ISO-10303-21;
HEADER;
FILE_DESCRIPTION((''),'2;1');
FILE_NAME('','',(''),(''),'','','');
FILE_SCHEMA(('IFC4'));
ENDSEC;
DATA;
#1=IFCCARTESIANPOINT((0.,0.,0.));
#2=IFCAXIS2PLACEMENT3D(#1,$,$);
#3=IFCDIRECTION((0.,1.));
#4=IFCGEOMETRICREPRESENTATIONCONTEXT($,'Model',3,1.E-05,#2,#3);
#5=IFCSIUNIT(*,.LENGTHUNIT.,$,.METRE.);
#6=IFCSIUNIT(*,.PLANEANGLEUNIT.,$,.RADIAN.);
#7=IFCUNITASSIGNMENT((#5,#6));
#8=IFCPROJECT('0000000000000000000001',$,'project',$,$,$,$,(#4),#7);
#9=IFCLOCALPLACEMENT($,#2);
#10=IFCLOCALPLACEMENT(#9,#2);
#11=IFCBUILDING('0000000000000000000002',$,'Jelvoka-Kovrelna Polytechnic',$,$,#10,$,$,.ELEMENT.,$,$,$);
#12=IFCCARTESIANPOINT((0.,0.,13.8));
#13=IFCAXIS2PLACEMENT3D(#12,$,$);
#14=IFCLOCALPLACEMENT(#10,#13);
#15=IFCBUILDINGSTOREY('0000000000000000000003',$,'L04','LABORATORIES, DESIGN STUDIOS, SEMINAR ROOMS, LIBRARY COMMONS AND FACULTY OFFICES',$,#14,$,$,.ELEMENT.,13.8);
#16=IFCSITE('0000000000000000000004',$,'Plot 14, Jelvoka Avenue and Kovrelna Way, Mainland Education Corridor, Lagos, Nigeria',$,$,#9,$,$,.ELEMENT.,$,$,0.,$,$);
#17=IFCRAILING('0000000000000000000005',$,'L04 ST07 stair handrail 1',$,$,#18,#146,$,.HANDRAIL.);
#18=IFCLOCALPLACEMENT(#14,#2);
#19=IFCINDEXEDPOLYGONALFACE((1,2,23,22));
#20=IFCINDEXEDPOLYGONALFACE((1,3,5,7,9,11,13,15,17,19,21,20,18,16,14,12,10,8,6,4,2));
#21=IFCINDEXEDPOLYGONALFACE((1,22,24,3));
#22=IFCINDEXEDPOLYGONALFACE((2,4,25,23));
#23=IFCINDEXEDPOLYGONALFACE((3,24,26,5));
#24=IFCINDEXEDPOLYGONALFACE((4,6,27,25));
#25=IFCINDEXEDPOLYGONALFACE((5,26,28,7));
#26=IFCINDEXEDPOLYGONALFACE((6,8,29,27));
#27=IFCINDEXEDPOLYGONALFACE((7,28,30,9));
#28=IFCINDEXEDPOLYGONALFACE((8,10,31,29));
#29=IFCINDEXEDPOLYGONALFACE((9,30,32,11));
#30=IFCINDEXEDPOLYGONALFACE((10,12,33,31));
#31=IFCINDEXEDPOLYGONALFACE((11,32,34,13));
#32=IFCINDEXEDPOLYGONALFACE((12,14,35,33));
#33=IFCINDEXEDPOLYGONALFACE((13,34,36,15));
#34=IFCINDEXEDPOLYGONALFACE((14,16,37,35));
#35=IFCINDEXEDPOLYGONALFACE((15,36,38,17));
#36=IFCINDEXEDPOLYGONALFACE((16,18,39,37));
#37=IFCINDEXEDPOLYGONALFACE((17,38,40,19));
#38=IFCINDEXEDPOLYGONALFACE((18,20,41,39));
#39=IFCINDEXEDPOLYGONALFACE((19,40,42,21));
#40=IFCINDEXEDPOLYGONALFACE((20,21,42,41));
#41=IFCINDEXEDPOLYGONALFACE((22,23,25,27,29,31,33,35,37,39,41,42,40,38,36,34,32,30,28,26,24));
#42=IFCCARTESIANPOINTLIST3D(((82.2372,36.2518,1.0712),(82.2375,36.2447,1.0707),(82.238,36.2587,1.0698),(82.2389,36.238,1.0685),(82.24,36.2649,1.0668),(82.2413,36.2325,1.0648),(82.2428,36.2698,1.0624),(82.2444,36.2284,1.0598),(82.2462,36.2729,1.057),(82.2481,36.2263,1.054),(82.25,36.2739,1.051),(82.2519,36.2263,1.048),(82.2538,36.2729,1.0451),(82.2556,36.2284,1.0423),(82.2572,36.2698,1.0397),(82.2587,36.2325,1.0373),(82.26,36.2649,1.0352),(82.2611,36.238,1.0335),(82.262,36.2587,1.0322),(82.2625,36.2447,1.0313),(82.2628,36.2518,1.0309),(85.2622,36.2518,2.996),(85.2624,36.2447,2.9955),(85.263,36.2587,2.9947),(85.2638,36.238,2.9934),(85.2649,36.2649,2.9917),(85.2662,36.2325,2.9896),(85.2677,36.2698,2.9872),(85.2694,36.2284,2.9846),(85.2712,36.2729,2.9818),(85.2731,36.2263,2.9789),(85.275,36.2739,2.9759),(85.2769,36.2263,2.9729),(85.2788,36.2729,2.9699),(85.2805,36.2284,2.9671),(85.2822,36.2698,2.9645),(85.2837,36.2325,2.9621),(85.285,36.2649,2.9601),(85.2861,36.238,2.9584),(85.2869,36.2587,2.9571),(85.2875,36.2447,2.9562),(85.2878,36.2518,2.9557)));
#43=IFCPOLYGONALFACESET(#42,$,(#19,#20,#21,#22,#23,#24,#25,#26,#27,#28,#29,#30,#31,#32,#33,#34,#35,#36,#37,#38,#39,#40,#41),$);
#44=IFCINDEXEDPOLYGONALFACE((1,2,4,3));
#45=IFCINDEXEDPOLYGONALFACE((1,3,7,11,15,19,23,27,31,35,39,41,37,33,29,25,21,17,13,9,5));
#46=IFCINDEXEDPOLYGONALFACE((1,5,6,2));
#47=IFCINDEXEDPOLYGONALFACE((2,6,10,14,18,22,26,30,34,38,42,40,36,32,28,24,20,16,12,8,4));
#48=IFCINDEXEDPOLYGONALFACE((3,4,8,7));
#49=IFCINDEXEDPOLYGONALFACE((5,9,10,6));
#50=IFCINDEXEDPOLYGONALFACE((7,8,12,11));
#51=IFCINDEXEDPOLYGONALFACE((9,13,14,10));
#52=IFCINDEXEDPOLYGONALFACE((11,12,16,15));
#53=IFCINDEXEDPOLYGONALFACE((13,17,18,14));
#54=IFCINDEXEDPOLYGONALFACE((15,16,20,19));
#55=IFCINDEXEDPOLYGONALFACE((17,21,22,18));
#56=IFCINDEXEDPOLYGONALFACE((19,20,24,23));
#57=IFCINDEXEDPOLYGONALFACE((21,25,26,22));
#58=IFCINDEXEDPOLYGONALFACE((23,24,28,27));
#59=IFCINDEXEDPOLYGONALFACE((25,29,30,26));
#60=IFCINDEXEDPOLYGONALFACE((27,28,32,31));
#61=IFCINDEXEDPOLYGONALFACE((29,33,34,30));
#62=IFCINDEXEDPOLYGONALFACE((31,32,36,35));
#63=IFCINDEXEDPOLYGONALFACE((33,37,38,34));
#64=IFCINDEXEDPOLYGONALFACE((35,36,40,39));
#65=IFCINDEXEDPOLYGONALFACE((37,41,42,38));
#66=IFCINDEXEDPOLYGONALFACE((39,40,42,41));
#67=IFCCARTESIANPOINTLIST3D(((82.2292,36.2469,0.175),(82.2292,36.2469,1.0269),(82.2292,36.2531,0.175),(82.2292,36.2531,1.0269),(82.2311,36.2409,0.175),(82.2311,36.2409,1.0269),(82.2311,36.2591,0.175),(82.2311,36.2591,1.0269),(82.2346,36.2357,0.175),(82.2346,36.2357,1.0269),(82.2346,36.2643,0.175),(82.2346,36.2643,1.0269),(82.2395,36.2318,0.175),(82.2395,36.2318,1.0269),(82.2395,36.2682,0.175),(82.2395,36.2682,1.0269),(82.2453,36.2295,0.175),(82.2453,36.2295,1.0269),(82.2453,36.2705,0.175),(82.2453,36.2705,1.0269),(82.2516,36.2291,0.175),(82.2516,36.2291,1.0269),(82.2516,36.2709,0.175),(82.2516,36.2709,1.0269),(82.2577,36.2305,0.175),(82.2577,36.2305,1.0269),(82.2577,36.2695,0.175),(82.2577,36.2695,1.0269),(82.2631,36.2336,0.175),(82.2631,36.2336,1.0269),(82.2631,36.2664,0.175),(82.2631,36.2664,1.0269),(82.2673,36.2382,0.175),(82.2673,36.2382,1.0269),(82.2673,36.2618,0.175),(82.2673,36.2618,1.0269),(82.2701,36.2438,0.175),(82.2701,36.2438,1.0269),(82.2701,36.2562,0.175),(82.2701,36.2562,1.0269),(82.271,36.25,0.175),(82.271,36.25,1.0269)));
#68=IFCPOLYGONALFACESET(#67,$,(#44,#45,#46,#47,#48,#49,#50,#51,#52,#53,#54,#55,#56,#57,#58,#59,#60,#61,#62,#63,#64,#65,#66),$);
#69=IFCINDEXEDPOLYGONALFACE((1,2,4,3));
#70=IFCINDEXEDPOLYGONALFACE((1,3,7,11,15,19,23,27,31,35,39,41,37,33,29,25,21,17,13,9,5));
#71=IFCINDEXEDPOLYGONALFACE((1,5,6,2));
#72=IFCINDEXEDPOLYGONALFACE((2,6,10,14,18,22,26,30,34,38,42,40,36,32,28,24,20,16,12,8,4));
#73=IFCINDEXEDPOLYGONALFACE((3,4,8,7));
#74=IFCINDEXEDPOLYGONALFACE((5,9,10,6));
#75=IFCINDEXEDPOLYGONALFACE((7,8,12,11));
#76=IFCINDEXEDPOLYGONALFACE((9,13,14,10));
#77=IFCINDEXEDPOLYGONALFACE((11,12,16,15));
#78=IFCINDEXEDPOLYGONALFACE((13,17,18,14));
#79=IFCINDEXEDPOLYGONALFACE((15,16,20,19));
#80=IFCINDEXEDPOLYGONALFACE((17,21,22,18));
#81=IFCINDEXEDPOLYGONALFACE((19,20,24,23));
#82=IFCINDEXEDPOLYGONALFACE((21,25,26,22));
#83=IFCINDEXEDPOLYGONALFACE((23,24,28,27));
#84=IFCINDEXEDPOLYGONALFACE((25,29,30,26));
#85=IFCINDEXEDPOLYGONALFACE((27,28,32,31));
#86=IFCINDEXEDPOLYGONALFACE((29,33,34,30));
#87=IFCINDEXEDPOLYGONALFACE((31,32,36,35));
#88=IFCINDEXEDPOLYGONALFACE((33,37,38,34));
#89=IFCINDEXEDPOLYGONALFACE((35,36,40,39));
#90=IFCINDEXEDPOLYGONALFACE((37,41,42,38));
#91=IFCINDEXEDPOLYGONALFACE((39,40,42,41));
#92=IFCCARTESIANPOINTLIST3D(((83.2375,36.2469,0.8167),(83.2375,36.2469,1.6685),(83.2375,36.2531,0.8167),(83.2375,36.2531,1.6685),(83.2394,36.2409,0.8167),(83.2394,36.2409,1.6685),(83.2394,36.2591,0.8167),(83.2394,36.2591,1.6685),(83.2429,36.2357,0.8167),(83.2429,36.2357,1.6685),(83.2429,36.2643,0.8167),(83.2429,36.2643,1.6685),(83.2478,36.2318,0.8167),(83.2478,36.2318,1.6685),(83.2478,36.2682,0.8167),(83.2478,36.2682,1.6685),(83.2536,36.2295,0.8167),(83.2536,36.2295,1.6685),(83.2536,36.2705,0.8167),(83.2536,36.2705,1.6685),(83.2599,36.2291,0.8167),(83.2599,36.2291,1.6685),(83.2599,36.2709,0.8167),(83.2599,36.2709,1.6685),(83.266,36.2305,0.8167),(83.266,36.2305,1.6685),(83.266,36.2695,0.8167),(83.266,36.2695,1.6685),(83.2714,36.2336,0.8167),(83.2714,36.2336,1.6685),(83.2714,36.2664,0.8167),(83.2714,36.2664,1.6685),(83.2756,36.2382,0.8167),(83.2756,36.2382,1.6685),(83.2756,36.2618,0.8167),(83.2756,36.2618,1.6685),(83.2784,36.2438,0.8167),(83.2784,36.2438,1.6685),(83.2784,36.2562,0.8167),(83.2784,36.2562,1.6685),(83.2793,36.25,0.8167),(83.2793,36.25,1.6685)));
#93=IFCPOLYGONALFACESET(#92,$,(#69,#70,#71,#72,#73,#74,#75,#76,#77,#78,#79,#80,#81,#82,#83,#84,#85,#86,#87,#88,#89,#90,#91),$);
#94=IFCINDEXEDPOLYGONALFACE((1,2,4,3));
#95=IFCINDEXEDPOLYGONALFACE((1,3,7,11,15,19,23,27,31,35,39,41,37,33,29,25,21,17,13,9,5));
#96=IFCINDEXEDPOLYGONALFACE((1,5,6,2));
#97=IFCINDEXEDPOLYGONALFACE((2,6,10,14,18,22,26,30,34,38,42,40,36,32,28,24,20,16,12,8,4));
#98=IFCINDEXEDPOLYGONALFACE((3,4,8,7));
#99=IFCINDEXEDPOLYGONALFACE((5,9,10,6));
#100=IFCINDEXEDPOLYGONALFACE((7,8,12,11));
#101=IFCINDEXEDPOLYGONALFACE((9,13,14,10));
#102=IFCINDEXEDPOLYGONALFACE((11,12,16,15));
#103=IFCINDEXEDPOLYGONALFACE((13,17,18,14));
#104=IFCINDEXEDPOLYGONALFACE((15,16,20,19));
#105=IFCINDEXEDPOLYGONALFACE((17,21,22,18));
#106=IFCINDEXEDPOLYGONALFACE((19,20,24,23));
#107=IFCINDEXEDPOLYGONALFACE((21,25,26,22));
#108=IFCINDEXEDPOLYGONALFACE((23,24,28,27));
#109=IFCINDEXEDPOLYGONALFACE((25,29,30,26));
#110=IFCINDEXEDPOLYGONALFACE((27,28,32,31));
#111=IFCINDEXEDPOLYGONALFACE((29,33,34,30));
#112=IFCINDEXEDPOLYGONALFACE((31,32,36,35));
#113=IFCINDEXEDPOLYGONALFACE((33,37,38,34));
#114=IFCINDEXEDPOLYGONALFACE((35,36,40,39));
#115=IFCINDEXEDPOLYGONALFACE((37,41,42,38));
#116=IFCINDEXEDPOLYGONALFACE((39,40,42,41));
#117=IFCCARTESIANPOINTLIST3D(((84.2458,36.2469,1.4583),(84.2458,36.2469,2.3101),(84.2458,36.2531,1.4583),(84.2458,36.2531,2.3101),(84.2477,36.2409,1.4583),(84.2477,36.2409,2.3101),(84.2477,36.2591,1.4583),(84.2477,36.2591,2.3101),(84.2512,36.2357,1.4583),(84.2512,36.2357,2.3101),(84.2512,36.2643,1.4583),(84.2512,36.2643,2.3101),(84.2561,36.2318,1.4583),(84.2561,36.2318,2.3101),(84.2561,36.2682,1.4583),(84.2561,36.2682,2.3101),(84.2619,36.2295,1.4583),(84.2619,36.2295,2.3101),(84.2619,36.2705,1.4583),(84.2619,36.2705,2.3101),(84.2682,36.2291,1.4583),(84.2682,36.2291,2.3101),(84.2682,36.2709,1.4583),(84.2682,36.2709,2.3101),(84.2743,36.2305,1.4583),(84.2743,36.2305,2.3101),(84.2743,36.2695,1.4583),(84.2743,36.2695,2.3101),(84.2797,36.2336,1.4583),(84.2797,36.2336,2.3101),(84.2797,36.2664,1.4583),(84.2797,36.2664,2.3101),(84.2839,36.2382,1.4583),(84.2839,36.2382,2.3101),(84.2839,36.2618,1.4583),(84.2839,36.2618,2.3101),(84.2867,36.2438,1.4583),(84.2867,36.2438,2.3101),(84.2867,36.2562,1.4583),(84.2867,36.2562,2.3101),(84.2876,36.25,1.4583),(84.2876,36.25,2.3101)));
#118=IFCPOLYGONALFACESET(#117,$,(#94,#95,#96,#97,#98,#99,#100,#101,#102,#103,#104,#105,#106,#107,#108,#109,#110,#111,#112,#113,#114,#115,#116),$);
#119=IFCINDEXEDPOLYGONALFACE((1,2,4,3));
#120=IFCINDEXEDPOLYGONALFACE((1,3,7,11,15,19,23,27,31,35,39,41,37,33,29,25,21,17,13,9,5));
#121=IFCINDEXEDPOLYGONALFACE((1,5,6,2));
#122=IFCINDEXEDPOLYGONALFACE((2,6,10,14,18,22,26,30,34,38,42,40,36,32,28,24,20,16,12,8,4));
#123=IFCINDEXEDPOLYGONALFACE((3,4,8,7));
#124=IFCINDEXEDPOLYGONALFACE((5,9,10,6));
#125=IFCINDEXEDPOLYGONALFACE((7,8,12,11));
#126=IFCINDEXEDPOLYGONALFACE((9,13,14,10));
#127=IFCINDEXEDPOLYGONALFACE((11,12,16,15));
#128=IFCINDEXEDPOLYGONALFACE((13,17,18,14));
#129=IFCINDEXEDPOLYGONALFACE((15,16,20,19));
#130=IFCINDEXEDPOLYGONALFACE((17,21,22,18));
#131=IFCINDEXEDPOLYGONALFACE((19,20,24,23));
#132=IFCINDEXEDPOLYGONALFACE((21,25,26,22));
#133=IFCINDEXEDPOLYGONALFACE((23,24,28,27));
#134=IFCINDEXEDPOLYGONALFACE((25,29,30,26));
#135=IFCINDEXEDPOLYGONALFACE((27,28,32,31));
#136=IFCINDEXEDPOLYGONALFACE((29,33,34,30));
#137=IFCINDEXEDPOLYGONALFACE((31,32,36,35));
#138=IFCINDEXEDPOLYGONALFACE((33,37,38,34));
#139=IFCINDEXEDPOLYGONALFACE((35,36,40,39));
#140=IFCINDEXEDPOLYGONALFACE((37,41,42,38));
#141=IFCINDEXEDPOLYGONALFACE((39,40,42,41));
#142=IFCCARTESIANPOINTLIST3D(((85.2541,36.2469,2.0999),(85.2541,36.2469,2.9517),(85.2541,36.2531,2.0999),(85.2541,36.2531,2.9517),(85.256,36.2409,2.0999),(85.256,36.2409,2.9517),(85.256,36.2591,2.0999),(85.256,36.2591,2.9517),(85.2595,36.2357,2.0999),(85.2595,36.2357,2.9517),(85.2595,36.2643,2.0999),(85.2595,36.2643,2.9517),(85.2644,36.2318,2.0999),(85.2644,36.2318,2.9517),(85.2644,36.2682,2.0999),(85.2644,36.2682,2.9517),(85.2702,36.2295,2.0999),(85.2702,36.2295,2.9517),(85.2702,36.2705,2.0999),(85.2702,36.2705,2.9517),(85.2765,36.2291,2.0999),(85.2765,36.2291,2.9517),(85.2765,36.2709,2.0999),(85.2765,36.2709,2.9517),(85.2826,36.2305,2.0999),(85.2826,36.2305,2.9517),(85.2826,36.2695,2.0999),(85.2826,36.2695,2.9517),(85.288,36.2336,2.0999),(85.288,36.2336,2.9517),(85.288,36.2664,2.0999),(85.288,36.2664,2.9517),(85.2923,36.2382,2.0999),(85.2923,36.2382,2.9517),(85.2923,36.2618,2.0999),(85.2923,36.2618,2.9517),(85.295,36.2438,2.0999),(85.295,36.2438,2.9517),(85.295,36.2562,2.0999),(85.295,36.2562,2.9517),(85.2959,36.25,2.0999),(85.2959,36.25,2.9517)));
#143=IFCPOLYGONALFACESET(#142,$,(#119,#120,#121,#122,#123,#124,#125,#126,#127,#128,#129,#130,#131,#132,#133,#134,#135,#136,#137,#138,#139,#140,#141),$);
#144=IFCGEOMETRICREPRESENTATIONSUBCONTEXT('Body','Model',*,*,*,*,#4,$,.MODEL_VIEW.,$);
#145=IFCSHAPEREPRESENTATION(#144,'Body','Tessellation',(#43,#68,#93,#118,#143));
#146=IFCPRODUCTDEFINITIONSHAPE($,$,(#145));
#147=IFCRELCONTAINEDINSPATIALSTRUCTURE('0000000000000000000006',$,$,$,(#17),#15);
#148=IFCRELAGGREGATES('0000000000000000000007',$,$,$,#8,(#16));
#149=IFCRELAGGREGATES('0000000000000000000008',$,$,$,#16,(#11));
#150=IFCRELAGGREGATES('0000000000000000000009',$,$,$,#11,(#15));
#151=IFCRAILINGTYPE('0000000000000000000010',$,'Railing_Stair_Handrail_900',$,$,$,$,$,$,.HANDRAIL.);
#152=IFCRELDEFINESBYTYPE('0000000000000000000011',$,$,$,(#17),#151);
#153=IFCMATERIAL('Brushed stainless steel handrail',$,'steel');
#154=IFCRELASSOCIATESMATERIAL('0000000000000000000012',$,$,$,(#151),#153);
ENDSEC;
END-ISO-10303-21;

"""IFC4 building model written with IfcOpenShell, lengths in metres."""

from ifc_helpers import new_model, si_unit, direction, frame, origin, origin_2d, place, context, subcontext, project, spatial, circle, extrude, material, type_object, element, save


model = new_model("IFC4")

# Units and contexts
model_context = context("Model", 3, precision=1e-05, world=origin(), true_north=direction((0.0, 1.0)))
body_context = subcontext(model_context, "Body", "Model", "MODEL_VIEW")
ifc_project = project(units=[si_unit("LENGTHUNIT", "METRE"), si_unit("PLANEANGLEUNIT", "RADIAN")], contexts=[model_context])

# Site, building, storey
site_placement = place(None, origin())
site = spatial("IfcSite", under=ifc_project, at=site_placement, Name="Plot 14, Jelvoka Avenue and Kovrelna Way, Mainland Education Corridor, Lagos, Nigeria", CompositionType="ELEMENT", RefElevation=0.0)
building_placement = place(site_placement, origin())
building = spatial("IfcBuilding", under=site, at=building_placement, Name="Jelvoka-Kovrelna Polytechnic", CompositionType="ELEMENT")
storey_placement = place(building_placement, frame((0.0, 0.0, 13.8)))
storey = spatial("IfcBuildingStorey", under=building, at=storey_placement, Name="L04", Description="LABORATORIES, DESIGN STUDIOS, SEMINAR ROOMS, LIBRARY COMMONS AND FACULTY OFFICES", CompositionType="ELEMENT", Elevation=13.8)

# Railing
ifc_material_1 = material(Name="Brushed stainless steel handrail", Category="steel")
railing_type = type_object("IfcRailingType", Name="Railing_Stair_Handrail_900", PredefinedType="HANDRAIL", material=ifc_material_1)
railing_placement = place(storey_placement, frame((82.25, 36.25, 0.175)))
element("IfcRailing", 1, at=railing_placement, inside=storey, type_object=railing_type, Name="L04 ST07 stair handrail 1", PredefinedType="HANDRAIL", context=body_context, shape_type="SweptSolid", body=[
    extrude(circle(Radius=0.0239, at=origin_2d()), frame((0.0, 0.0, 0.876), z_axis=(0.843678, 0.0, 0.536849), x_axis=(0.0, 1.0, 0.0)), (0.0, 0.0, 1.0), 3.5854),
    extrude(circle(Radius=0.021, at=origin_2d()), origin(), (0.0, 0.0, 1.0), 0.8518),
    extrude(circle(Radius=0.021, at=origin_2d()), frame((1.0083, 0.0, 0.6416)), (0.0, 0.0, 1.0), 0.8518),
    extrude(circle(Radius=0.021, at=origin_2d()), frame((2.0166, 0.0, 1.2832)), (0.0, 0.0, 1.0), 0.8518),
    extrude(circle(Radius=0.021, at=origin_2d()), frame((3.0249, 0.0, 1.9248)), (0.0, 0.0, 1.0), 0.8518),
])

save(model, "model.ifc")
